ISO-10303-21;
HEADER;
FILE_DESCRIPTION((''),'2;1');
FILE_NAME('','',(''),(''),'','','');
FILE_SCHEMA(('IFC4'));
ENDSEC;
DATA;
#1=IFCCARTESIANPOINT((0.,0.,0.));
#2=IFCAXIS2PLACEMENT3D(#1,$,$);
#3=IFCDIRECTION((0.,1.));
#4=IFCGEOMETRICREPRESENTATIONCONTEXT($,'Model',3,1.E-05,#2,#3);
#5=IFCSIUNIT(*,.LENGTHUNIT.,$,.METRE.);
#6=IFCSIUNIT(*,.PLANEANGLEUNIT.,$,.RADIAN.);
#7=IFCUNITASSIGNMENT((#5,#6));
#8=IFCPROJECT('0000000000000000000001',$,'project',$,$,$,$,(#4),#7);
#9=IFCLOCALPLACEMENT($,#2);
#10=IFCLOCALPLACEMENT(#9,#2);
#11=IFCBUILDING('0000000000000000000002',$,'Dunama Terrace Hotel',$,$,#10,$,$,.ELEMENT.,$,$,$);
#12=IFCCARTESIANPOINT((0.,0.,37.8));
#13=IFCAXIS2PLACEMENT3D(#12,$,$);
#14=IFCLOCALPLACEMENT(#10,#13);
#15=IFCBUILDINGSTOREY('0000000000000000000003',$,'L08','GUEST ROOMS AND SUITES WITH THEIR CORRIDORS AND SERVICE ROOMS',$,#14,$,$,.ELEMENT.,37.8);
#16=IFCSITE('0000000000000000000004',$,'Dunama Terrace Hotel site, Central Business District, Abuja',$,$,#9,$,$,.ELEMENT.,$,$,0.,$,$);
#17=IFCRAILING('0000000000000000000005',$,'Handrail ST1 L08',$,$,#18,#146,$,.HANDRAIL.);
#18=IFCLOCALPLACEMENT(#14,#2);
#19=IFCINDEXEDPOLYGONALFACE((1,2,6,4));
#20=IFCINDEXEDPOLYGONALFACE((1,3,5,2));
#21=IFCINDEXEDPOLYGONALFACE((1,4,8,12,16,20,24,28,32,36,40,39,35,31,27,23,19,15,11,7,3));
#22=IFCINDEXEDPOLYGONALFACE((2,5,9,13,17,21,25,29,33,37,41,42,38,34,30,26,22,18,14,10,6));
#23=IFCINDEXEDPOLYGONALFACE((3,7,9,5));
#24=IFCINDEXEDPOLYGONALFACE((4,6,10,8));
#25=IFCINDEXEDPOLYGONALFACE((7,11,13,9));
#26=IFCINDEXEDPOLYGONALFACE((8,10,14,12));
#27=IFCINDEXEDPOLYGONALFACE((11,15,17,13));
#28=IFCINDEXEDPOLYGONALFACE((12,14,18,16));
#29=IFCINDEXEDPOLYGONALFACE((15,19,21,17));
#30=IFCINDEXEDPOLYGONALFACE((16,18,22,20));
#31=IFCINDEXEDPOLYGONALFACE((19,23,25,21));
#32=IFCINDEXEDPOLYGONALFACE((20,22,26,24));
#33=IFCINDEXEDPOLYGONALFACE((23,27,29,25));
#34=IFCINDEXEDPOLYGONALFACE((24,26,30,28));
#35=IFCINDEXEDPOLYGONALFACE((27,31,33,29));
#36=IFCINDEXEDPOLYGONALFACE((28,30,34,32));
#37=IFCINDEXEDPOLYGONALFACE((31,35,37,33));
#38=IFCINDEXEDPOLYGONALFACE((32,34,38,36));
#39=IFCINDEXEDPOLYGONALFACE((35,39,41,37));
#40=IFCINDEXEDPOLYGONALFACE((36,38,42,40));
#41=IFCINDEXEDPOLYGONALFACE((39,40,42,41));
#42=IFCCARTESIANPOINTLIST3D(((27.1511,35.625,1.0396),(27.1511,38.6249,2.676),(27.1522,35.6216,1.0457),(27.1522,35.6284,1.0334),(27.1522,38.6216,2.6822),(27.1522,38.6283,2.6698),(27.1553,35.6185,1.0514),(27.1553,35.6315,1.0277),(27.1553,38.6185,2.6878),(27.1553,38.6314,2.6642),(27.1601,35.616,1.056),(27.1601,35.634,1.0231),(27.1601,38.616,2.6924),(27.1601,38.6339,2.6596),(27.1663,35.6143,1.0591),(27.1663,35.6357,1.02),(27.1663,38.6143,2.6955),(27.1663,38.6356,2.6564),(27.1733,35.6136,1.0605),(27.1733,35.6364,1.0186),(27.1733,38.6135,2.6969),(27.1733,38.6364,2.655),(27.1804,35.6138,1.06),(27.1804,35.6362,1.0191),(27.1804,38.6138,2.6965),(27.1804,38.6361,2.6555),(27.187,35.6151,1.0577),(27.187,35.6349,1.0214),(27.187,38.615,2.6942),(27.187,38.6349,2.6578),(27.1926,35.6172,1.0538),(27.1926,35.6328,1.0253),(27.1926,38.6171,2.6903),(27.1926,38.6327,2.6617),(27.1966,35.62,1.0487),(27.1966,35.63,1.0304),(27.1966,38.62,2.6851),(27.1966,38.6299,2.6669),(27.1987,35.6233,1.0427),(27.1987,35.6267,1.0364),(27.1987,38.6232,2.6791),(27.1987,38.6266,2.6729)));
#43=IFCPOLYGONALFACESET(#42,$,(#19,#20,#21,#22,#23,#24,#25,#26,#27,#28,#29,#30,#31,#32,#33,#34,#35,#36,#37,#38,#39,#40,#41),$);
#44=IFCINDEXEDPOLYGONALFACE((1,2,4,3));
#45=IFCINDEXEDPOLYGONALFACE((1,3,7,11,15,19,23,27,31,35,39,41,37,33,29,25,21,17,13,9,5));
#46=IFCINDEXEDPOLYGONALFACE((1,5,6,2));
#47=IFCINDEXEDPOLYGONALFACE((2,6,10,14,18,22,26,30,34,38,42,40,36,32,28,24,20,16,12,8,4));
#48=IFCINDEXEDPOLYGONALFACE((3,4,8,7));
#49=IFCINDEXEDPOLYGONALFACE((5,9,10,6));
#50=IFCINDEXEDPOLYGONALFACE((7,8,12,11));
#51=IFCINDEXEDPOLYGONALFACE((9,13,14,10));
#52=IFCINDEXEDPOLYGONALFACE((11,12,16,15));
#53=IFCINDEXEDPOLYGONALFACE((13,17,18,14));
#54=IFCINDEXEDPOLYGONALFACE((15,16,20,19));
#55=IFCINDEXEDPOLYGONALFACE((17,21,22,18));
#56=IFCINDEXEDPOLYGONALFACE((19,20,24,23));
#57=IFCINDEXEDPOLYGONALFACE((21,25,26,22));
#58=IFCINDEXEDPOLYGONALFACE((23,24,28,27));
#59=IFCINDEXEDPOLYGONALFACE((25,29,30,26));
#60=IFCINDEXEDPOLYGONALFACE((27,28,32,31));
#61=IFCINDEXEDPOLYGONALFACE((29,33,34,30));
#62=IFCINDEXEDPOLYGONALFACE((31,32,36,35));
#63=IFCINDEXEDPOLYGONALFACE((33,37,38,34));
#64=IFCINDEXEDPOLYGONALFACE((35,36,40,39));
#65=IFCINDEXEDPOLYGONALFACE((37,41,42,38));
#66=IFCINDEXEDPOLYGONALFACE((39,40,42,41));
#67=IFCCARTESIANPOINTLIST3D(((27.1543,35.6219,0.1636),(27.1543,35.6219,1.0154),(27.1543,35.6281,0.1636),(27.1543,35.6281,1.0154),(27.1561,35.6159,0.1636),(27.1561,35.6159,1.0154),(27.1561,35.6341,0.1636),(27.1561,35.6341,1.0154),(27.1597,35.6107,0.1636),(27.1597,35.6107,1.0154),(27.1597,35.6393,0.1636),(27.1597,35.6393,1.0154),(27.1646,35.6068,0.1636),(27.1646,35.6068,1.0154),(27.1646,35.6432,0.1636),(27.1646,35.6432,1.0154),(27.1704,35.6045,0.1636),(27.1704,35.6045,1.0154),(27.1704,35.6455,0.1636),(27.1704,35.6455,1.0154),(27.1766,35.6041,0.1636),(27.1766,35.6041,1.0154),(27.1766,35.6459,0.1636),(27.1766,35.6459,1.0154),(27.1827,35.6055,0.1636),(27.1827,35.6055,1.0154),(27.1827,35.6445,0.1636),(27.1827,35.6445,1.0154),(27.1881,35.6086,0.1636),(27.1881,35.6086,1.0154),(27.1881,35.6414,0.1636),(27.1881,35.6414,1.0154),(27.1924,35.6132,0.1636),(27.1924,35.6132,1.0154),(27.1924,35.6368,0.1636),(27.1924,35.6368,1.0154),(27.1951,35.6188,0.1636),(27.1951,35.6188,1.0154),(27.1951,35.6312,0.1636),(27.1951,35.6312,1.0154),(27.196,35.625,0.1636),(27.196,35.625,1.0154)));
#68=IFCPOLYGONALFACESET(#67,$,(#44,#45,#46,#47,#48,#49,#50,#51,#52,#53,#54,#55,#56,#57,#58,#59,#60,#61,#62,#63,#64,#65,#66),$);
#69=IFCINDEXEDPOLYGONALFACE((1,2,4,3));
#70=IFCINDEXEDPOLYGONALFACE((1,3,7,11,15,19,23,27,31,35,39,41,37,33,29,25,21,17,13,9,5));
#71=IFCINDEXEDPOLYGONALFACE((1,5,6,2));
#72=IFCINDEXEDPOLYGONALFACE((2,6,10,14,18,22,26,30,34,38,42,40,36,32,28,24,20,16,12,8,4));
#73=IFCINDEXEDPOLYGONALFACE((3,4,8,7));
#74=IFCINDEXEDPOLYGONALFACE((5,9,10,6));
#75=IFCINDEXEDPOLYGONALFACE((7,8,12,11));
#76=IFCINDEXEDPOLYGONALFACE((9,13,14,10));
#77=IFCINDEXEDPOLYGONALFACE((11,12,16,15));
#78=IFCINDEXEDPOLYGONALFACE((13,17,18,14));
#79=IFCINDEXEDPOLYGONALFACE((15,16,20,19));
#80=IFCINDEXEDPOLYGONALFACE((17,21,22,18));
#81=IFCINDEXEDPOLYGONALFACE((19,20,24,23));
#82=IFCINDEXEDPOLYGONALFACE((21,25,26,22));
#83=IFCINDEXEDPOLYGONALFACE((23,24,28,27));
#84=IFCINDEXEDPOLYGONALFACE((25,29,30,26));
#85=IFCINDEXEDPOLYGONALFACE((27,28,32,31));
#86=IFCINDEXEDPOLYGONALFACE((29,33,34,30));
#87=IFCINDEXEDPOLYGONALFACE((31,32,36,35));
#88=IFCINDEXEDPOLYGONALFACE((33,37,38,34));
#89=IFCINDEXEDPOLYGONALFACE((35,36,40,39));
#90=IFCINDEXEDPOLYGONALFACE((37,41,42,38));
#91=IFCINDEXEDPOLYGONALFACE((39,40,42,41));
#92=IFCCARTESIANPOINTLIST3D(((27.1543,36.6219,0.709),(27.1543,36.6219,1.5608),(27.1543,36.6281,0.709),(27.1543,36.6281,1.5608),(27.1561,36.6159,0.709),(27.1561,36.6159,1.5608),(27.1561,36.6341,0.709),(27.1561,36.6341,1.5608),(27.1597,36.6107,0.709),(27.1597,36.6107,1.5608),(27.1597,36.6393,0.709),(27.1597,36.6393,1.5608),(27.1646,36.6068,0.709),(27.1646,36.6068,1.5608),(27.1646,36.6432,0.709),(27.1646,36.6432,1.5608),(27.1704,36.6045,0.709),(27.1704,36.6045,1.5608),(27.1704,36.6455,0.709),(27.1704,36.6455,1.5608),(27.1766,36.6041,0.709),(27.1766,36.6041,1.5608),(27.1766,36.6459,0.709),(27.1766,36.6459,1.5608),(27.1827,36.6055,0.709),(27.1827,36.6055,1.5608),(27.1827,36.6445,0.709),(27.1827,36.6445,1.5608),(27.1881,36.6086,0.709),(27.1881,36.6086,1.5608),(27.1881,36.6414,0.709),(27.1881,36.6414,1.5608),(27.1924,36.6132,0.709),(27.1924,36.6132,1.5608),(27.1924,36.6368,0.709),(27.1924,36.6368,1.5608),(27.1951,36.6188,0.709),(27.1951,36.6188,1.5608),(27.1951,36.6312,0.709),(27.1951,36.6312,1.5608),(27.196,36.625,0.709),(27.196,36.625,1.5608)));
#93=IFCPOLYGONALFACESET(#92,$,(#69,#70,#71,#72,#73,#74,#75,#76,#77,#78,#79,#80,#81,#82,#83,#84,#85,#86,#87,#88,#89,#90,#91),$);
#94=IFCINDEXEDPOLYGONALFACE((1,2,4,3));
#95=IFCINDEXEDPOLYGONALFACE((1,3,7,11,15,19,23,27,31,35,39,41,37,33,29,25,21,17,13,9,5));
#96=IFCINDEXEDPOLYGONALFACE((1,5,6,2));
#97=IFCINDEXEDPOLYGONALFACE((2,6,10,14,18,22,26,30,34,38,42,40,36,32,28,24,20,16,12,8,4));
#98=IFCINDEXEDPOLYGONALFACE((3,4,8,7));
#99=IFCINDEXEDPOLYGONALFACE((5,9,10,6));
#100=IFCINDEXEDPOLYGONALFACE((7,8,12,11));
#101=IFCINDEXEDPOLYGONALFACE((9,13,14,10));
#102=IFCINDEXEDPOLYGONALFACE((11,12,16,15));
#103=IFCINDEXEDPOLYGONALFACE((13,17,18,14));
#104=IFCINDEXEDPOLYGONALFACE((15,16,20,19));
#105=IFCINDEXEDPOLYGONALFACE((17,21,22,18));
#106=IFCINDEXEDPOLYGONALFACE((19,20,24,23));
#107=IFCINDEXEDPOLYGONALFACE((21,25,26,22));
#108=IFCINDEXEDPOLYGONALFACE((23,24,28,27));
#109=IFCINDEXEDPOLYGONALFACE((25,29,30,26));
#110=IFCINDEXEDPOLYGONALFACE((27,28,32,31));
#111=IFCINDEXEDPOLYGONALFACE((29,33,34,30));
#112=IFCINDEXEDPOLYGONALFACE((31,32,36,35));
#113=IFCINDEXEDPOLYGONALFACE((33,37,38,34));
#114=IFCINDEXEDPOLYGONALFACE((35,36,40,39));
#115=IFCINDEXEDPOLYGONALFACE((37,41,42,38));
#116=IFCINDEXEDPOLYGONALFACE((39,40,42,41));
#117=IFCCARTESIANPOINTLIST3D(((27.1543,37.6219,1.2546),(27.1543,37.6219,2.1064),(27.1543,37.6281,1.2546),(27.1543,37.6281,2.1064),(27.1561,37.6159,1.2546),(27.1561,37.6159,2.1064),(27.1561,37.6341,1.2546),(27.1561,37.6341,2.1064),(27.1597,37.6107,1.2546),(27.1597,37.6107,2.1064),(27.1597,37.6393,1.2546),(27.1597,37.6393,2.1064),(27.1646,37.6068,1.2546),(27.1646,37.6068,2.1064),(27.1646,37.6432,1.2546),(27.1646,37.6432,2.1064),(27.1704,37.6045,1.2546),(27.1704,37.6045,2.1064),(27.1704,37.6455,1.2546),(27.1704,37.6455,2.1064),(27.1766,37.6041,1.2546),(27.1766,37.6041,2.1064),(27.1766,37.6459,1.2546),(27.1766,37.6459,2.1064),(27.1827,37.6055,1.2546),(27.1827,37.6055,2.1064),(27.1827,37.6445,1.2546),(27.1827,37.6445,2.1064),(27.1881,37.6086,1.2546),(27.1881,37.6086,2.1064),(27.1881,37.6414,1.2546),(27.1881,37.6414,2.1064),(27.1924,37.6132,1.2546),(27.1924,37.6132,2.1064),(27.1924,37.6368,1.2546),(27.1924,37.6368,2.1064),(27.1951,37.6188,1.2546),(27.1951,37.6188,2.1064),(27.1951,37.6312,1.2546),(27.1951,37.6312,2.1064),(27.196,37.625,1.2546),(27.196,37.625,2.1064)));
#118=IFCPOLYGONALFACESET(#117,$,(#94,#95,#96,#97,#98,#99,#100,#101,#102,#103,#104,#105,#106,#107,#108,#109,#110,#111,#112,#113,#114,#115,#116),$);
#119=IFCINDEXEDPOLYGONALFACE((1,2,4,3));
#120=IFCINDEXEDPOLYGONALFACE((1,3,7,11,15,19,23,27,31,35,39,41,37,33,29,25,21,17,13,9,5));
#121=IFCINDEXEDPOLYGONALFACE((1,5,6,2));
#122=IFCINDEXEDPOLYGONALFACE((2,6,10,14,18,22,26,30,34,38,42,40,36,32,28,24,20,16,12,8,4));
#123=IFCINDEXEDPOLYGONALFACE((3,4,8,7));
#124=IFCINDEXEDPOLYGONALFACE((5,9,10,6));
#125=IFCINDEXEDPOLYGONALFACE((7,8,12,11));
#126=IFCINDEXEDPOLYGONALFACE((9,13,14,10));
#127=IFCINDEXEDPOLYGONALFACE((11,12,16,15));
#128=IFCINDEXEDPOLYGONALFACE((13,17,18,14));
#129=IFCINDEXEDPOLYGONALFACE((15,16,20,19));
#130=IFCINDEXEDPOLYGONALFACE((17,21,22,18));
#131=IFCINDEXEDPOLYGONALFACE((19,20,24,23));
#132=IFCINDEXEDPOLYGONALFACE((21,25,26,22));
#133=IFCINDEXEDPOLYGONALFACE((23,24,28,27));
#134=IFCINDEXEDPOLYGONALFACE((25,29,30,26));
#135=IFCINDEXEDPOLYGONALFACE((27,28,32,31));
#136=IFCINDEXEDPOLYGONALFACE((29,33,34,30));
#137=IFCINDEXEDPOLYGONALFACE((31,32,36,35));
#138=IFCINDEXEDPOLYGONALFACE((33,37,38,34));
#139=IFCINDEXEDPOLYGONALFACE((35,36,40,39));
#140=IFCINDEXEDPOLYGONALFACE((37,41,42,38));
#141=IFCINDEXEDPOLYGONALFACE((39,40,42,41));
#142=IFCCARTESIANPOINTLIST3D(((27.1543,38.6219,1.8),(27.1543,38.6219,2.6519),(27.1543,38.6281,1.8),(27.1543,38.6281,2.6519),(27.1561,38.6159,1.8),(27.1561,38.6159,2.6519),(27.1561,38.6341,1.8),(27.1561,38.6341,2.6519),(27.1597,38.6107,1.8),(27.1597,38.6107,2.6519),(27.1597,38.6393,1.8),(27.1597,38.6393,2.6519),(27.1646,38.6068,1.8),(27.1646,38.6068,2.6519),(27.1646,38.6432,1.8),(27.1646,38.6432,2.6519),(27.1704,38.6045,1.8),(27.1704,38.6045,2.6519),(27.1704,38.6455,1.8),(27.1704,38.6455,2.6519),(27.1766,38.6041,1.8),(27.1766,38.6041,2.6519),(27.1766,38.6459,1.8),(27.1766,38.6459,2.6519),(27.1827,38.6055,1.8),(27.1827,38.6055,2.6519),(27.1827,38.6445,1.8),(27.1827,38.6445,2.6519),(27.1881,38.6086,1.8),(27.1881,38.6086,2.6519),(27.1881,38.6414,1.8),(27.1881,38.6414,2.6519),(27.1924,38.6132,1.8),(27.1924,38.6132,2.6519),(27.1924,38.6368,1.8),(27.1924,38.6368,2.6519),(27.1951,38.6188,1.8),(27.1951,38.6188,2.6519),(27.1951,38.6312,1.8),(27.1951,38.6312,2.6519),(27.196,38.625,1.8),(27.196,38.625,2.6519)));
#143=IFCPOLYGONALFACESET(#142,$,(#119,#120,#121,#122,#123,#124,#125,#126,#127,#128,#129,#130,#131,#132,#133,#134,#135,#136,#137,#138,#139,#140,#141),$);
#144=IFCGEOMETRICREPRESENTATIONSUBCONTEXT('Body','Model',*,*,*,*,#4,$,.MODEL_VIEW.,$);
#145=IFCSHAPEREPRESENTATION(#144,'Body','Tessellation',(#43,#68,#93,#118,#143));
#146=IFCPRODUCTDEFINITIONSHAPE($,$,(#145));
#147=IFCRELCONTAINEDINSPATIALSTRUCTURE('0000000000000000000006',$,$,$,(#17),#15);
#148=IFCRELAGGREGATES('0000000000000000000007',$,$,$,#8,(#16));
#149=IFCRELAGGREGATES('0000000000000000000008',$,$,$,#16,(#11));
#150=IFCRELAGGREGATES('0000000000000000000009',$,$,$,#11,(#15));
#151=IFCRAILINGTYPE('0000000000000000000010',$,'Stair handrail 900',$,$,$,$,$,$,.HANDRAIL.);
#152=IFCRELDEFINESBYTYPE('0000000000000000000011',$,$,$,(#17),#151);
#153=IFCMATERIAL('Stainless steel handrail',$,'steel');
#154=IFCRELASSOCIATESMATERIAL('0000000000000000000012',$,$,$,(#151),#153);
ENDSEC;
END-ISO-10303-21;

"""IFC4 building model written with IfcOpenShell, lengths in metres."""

from ifc_helpers import new_model, si_unit, direction, frame, origin, origin_2d, place, context, subcontext, project, spatial, circle, extrude, material, type_object, element, save


model = new_model("IFC4")

# Units and contexts
model_context = context("Model", 3, precision=1e-05, world=origin(), true_north=direction((0.0, 1.0)))
body_context = subcontext(model_context, "Body", "Model", "MODEL_VIEW")
ifc_project = project(units=[si_unit("LENGTHUNIT", "METRE"), si_unit("PLANEANGLEUNIT", "RADIAN")], contexts=[model_context])

# Site, building, storey
site_placement = place(None, origin())
site = spatial("IfcSite", under=ifc_project, at=site_placement, Name="Dunama Terrace Hotel site, Central Business District, Abuja", CompositionType="ELEMENT", RefElevation=0.0)
building_placement = place(site_placement, origin())
building = spatial("IfcBuilding", under=site, at=building_placement, Name="Dunama Terrace Hotel", CompositionType="ELEMENT")
storey_placement = place(building_placement, frame((0.0, 0.0, 37.8)))
storey = spatial("IfcBuildingStorey", under=building, at=storey_placement, Name="L08", Description="GUEST ROOMS AND SUITES WITH THEIR CORRIDORS AND SERVICE ROOMS", CompositionType="ELEMENT", Elevation=37.8)

# Railing
ifc_material_1 = material(Name="Stainless steel handrail", Category="steel")
railing_type = type_object("IfcRailingType", Name="Stair handrail 900", PredefinedType="HANDRAIL", material=ifc_material_1)
railing_1_placement = place(storey_placement, frame((27.175, 35.625, 0.1636)))
element("IfcRailing", 1, at=railing_1_placement, inside=storey, type_object=railing_type, Name="Handrail ST1 L08", PredefinedType="HANDRAIL", context=body_context, shape_type="SweptSolid", body=[
    extrude(circle(Radius=0.0239, at=origin_2d()), frame((0.0, 0.0, 0.876), z_axis=(0.0, 0.877882, 0.478877), x_axis=(-1.0, 0.0, 0.0)), (0.0, 0.0, 1.0), 3.4172),
    extrude(circle(Radius=0.021, at=origin_2d()), origin(), (0.0, 0.0, 1.0), 0.8518),
    extrude(circle(Radius=0.021, at=origin_2d()), frame((0.0, 1.0, 0.5454)), (0.0, 0.0, 1.0), 0.8518),
    extrude(circle(Radius=0.021, at=origin_2d()), frame((0.0, 2.0, 1.0911)), (0.0, 0.0, 1.0), 0.8518),
    extrude(circle(Radius=0.021, at=origin_2d()), frame((0.0, 3.0, 1.6365)), (0.0, 0.0, 1.0), 0.8518),
])

save(model, "model.ifc")
